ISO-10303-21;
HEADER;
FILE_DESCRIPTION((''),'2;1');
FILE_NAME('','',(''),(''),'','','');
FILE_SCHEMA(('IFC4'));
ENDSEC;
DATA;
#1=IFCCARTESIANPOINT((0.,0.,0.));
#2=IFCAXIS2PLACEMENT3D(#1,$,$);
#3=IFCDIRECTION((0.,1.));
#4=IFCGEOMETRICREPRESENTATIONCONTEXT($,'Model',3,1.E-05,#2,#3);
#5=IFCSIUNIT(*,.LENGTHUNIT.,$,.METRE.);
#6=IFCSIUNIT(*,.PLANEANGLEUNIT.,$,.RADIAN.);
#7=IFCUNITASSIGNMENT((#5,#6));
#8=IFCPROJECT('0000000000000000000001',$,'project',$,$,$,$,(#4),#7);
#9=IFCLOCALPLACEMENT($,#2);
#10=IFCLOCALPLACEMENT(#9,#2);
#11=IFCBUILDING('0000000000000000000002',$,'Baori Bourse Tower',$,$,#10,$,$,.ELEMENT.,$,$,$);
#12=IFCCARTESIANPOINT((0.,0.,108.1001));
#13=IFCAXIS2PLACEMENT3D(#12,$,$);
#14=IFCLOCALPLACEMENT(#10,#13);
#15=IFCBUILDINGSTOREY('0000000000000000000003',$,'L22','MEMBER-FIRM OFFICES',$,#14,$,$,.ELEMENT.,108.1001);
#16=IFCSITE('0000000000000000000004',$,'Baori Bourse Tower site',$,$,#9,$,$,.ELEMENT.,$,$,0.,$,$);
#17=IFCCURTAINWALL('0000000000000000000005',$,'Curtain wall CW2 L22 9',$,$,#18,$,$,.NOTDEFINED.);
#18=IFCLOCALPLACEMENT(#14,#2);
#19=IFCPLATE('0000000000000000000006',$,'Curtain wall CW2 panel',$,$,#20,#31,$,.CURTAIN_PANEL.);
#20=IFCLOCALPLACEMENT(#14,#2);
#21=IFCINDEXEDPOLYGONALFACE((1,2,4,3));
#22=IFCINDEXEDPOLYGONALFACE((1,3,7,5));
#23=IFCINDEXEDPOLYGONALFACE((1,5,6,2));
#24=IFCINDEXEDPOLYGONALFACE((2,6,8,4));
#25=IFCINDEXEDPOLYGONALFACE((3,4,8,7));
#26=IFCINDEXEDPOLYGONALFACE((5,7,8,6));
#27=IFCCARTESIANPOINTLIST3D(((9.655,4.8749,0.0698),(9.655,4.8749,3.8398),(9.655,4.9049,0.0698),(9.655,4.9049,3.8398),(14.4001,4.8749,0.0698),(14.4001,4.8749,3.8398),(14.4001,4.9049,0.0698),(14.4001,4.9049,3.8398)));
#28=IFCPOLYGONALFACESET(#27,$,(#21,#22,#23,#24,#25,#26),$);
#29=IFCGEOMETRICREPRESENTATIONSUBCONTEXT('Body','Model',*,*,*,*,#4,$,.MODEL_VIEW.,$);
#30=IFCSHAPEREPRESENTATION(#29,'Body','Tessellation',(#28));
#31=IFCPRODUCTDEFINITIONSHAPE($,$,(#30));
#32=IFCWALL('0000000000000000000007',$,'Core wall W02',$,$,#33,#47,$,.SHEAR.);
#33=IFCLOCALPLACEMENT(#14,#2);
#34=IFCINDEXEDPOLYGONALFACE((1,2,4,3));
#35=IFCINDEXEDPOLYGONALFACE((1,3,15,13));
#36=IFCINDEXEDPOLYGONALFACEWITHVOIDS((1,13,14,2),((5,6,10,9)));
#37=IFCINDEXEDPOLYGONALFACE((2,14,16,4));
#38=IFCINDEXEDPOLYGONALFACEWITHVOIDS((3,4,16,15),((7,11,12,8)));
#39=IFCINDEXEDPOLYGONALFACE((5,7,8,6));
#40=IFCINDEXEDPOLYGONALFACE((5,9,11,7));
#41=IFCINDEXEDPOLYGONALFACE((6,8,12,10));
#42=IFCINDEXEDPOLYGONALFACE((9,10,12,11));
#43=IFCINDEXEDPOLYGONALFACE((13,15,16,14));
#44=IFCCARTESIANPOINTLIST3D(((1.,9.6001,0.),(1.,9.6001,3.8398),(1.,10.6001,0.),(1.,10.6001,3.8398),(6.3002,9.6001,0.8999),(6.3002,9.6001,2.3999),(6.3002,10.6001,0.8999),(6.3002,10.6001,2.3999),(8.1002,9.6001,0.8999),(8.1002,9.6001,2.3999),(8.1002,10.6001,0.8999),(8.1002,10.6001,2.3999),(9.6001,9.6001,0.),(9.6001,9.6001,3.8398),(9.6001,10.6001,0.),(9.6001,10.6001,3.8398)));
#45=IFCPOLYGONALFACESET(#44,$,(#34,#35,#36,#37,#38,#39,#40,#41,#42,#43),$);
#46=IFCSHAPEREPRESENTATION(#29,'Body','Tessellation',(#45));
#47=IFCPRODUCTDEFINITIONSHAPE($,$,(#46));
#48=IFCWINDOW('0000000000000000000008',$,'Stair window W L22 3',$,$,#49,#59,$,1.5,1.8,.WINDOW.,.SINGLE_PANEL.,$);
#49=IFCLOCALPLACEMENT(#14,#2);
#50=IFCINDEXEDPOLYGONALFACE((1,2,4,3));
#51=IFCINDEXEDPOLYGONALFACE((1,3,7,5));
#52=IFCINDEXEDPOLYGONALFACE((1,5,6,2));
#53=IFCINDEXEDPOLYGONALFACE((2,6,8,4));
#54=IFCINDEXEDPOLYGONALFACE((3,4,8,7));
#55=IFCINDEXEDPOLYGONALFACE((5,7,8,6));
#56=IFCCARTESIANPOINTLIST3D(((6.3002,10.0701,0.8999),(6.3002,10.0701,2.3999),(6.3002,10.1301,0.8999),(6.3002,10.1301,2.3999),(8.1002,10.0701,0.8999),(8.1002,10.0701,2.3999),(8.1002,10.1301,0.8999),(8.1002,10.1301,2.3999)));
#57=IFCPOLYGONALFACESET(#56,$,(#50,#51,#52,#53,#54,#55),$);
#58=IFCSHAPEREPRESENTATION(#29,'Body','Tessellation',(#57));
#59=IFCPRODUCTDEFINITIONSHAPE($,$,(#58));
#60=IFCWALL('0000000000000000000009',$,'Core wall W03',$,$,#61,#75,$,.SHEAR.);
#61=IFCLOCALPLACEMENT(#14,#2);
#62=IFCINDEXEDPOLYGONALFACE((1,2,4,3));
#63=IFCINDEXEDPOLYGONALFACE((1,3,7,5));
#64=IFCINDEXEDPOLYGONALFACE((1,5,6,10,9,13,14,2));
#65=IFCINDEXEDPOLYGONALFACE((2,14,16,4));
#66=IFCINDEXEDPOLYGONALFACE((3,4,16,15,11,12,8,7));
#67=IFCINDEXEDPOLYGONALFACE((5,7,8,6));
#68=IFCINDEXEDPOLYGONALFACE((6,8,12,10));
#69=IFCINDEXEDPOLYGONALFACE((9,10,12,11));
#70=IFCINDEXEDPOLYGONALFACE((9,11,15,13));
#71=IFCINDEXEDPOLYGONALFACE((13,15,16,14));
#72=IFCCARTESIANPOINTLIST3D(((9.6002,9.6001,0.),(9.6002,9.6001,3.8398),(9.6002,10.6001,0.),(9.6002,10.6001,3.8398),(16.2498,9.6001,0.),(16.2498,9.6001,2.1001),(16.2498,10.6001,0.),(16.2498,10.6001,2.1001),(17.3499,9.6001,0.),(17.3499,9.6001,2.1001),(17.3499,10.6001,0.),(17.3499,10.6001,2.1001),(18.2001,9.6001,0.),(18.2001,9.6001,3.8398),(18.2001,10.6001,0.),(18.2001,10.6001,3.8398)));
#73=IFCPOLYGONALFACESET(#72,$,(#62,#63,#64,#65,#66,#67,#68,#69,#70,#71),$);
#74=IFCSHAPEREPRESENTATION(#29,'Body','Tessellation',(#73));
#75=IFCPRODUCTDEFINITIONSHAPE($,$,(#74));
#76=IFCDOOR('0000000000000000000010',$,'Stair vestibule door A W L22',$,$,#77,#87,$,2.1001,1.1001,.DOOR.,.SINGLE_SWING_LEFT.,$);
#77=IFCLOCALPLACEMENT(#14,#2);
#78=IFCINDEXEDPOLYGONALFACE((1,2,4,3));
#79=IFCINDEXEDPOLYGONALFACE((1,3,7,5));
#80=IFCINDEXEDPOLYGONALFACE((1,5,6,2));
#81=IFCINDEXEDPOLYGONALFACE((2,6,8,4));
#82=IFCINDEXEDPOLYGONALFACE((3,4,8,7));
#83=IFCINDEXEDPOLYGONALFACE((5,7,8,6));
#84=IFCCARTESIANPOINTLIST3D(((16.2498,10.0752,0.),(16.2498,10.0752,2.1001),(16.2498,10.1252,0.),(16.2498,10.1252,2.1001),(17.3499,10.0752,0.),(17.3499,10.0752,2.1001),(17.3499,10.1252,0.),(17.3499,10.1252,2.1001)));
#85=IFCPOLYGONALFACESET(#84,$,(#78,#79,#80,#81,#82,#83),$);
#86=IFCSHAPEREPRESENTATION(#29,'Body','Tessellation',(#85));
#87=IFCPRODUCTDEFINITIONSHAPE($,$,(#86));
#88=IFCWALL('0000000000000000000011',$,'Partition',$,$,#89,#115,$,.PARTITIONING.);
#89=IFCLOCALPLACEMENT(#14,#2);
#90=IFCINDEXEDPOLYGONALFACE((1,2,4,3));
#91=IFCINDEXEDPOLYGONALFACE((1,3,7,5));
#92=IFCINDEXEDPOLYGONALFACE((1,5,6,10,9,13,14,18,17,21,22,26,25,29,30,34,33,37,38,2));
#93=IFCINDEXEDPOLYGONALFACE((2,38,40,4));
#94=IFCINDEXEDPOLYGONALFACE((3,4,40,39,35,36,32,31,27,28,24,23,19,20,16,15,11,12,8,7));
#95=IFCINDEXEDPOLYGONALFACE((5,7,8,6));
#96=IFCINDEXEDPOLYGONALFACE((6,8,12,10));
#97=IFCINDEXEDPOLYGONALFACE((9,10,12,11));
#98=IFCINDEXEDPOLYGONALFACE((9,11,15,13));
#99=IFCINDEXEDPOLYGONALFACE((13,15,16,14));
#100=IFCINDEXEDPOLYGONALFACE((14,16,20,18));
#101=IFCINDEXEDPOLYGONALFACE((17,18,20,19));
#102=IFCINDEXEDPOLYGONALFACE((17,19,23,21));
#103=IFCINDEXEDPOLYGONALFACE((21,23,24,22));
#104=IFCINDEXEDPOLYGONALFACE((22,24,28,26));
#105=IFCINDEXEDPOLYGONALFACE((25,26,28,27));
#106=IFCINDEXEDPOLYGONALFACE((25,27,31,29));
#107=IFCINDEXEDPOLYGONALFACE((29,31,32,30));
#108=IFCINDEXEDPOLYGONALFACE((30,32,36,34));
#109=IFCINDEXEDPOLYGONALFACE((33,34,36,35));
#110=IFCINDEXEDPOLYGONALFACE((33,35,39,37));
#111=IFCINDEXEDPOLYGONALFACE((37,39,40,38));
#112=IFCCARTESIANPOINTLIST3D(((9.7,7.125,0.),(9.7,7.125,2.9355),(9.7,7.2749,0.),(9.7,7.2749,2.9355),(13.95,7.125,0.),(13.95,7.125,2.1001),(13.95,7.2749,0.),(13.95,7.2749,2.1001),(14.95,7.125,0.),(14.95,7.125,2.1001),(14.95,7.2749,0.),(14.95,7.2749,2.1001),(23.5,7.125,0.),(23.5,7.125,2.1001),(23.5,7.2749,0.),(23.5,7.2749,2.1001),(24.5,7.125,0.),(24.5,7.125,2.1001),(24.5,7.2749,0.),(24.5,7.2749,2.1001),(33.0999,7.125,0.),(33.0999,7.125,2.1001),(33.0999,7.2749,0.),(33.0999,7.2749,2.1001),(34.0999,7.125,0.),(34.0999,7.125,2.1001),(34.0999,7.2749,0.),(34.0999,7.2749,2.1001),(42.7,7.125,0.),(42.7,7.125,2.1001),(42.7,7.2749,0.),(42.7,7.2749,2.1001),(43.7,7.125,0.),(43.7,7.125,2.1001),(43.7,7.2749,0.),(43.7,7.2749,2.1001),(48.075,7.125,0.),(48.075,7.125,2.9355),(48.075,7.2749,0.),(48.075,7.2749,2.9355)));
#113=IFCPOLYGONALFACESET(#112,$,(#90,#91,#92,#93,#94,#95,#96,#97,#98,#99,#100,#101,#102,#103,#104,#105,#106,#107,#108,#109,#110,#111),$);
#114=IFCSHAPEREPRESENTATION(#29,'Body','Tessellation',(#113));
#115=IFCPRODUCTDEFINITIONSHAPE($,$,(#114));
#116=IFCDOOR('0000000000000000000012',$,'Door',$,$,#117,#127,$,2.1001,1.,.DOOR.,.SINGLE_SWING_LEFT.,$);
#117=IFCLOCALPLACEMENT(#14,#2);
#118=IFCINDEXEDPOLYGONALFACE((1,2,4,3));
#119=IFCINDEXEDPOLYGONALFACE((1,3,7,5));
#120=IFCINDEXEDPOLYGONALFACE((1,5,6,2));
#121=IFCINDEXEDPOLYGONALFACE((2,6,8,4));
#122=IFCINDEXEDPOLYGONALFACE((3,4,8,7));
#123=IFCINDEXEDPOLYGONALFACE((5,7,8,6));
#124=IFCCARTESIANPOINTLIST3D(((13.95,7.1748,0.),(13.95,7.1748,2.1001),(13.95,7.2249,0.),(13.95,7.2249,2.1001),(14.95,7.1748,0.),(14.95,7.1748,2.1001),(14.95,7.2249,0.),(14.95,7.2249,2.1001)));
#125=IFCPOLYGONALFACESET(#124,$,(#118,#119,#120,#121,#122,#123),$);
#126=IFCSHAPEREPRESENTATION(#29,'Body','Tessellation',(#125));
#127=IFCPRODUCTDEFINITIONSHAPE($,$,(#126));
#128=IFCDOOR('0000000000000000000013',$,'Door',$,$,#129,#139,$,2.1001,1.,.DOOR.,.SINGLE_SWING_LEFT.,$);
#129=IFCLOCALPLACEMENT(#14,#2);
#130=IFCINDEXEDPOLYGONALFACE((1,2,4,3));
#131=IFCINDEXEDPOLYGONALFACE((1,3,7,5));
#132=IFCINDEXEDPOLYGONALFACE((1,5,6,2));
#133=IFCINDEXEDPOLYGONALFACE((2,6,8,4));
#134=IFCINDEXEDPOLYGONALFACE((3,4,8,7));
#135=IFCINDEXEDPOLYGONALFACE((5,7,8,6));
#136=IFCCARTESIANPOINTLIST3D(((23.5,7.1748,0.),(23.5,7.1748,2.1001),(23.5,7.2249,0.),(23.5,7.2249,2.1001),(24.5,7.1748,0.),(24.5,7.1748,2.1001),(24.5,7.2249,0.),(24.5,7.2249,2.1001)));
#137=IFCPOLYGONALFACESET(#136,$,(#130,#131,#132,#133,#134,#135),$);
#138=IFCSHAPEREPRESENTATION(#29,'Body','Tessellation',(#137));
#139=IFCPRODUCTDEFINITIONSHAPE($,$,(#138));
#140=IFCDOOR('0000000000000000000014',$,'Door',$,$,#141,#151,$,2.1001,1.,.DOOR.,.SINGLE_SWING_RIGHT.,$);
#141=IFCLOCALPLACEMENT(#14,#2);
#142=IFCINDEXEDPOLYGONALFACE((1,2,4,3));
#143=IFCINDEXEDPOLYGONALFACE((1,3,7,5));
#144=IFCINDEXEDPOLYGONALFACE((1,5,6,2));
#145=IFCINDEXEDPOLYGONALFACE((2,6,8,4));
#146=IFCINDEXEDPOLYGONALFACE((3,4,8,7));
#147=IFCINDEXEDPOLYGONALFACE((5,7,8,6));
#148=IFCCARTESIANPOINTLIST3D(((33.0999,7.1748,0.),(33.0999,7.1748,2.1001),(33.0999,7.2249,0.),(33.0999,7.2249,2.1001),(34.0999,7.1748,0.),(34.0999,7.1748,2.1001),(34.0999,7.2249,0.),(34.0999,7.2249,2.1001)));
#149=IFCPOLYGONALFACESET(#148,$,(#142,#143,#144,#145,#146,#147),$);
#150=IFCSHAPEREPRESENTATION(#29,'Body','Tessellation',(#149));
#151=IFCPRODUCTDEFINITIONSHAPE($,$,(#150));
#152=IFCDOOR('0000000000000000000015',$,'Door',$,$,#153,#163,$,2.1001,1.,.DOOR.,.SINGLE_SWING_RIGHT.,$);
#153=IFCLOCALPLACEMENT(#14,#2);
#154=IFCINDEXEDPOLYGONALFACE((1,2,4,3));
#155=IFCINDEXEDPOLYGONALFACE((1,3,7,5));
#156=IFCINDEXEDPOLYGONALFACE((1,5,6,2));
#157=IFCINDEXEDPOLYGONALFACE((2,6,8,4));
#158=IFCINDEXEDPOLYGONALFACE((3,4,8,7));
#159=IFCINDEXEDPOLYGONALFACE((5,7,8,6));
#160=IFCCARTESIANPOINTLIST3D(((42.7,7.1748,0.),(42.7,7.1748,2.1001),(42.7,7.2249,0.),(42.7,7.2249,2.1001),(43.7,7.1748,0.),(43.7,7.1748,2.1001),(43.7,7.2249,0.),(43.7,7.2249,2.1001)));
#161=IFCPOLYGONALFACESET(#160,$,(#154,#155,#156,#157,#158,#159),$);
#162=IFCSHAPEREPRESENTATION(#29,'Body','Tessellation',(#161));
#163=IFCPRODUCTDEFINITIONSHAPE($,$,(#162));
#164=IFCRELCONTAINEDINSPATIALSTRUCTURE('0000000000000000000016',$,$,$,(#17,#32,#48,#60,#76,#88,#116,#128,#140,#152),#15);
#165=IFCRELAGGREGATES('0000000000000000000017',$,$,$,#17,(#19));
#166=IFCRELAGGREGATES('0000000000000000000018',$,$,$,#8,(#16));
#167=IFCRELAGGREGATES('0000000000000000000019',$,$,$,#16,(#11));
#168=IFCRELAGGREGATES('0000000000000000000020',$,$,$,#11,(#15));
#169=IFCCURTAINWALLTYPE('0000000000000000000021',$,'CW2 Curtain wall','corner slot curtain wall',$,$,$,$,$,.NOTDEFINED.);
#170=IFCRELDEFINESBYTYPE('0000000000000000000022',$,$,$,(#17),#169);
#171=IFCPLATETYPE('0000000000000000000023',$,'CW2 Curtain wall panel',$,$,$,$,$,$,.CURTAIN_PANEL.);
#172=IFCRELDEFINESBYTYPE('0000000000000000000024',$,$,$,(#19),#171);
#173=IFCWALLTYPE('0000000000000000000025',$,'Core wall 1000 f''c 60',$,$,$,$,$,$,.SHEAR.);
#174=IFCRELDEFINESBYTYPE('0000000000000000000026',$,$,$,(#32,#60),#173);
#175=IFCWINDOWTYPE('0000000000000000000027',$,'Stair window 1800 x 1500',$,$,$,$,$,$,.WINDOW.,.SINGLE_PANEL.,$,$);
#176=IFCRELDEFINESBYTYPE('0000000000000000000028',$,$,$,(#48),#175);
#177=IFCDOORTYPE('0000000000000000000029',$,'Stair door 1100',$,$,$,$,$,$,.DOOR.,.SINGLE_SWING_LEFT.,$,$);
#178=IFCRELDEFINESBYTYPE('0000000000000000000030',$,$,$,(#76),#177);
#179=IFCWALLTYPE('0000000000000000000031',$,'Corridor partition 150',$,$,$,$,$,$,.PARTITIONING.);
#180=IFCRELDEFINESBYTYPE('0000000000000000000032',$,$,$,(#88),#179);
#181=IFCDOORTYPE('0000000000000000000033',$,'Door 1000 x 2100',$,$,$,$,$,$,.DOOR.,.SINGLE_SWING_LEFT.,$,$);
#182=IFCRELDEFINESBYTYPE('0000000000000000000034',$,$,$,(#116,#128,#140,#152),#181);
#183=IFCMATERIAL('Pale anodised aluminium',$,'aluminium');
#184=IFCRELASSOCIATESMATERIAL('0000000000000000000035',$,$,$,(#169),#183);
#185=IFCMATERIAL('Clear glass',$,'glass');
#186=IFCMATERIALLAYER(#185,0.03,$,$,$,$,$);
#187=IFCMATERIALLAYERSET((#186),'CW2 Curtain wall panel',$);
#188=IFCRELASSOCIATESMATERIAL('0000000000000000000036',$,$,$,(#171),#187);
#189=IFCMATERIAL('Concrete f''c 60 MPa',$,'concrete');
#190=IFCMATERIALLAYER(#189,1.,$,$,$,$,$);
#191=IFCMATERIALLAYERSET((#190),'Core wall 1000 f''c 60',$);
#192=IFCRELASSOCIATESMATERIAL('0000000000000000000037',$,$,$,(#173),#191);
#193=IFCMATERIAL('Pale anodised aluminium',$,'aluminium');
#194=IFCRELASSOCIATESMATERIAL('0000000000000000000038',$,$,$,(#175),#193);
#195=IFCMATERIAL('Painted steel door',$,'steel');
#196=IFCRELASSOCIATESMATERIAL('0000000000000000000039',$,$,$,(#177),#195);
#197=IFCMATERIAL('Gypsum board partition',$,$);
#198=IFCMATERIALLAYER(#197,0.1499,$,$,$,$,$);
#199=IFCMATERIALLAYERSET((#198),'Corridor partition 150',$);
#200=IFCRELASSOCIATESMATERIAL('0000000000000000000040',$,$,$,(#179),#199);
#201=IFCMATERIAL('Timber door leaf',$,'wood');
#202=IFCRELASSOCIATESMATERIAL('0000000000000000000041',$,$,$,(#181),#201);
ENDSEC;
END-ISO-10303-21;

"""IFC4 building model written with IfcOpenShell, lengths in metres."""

from ifc_helpers import new_model, si_unit, direction, frame, frame_2d, origin, origin_2d, place, context, subcontext, project, spatial, rectangle, extrude, material, layer, layer_set, type_object, element, fill, aggregate, save


model = new_model("IFC4")

# Units and contexts
model_context = context("Model", 3, precision=1e-05, world=origin(), true_north=direction((0.0, 1.0)))
body_context = subcontext(model_context, "Body", "Model", "MODEL_VIEW")
ifc_project = project(units=[si_unit("LENGTHUNIT", "METRE"), si_unit("PLANEANGLEUNIT", "RADIAN")], contexts=[model_context])

# Site, building, storey
site_placement = place(None, origin())
site = spatial("IfcSite", under=ifc_project, at=site_placement, Name="Baori Bourse Tower site", CompositionType="ELEMENT", RefElevation=0.0)
building_placement = place(site_placement, origin())
building = spatial("IfcBuilding", under=site, at=building_placement, Name="Baori Bourse Tower", CompositionType="ELEMENT")
storey_placement = place(building_placement, frame((0.0, 0.0, 108.1001)))
storey = spatial("IfcBuildingStorey", under=building, at=storey_placement, Name="L22", Description="MEMBER-FIRM OFFICES", CompositionType="ELEMENT", Elevation=108.1001)

# Curtain wall
ifc_material_1 = material(Name="Pale anodised aluminium", Category="aluminium")
curtain_wall_type = type_object("IfcCurtainWallType", Name="CW2 Curtain wall", Description="corner slot curtain wall", PredefinedType="NOTDEFINED", material=ifc_material_1)
curtain_wall_1_placement = place(storey_placement, origin())
curtain_wall_1 = element("IfcCurtainWall", 1, at=curtain_wall_1_placement, inside=storey, type_object=curtain_wall_type, Name="Curtain wall CW2 L22 9", PredefinedType="NOTDEFINED")

# Plate
ifc_material_2 = material(Name="Clear glass", Category="glass")
ifc_layer_1 = layer(ifc_material_2, 0.03)
ifc_layer_set_1 = layer_set([ifc_layer_1], Name="CW2 Curtain wall panel")
plate_type = type_object("IfcPlateType", Name="CW2 Curtain wall panel", PredefinedType="CURTAIN_PANEL", material=ifc_layer_set_1)
plate_1_placement = place(storey_placement, frame((12.0276, 4.8899, 0.0698), z_axis=(0.0, 0.0, 1.0), x_axis=(1.0, 0.0, 0.0)))
plate_1 = element("IfcPlate", 2, at=plate_1_placement, type_object=plate_type, Name="Curtain wall CW2 panel", PredefinedType="CURTAIN_PANEL", context=body_context, shape_type="SweptSolid", body=[
    extrude(rectangle(XDim=4.7451, YDim=0.03, at=origin_2d()), origin(), (0.0, 0.0, 1.0), 3.77),
])
aggregate(curtain_wall_1, [plate_1])

# Wall, opening, window
ifc_material_3 = material(Name="Concrete f'c 60 MPa", Category="concrete")
ifc_layer_2 = layer(ifc_material_3, 1.0)
ifc_layer_set_2 = layer_set([ifc_layer_2], Name="Core wall 1000 f'c 60")
wall_type_1 = type_object("IfcWallType", Name="Core wall 1000 f'c 60", PredefinedType="SHEAR", material=ifc_layer_set_2)
wall_1_placement = place(storey_placement, frame((9.6001, 10.1001, 0.0), z_axis=(0.0, 0.0, 1.0), x_axis=(-1.0, 0.0, 0.0)))
wall_1 = element("IfcWall", 3, at=wall_1_placement, inside=storey, type_object=wall_type_1, Name="Core wall W02", PredefinedType="SHEAR", context=body_context, shape_type="SweptSolid", body=[
    extrude(rectangle(XDim=8.6001, YDim=1.0, at=frame_2d((4.3, 0.0))), origin(), (0.0, 0.0, 1.0), 3.8398),
])
opening_1_placement = place(wall_1_placement, frame((1.5, 0.0, 0.8999)))
opening_1 = element("IfcOpeningElement", 4, at=opening_1_placement, cuts=wall_1, PredefinedType="OPENING", context=body_context, shape_type="SweptSolid", body=[
    extrude(rectangle(XDim=1.8, YDim=1.5, at=frame_2d((0.8999, 0.75))), frame((0.0, 0.51, 0.0), z_axis=(0.0, -1.0, 0.0), x_axis=(1.0, 0.0, 0.0)), (0.0, 0.0, 1.0), 1.02),
])
ifc_material_4 = material(Name="Pale anodised aluminium", Category="aluminium")
window_type = type_object("IfcWindowType", Name="Stair window 1800 x 1500", PartitioningType="SINGLE_PANEL", PredefinedType="WINDOW", material=ifc_material_4)
window_placement = place(opening_1_placement, origin())
window = element("IfcWindow", 5, at=window_placement, inside=storey, type_object=window_type, Name="Stair window W L22 3", OverallHeight=1.5, OverallWidth=1.8, PartitioningType="SINGLE_PANEL", PredefinedType="WINDOW", context=body_context, shape_type="SweptSolid", body=[
    extrude(rectangle(XDim=1.8, YDim=1.5, at=frame_2d((0.8999, 0.75))), frame((0.0, 0.03, 0.0), z_axis=(0.0, -1.0, 0.0), x_axis=(1.0, 0.0, 0.0)), (0.0, 0.0, 1.0), 0.0601),
])
fill(opening_1, window)

# Wall, opening, door
wall_2_placement = place(storey_placement, frame((18.2, 10.1001, 0.0), z_axis=(0.0, 0.0, 1.0), x_axis=(-1.0, 0.0, 0.0)))
wall_2 = element("IfcWall", 6, at=wall_2_placement, inside=storey, type_object=wall_type_1, Name="Core wall W03", PredefinedType="SHEAR", context=body_context, shape_type="SweptSolid", body=[
    extrude(rectangle(XDim=8.5999, YDim=1.0, at=frame_2d((4.2998, 0.0))), origin(), (0.0, 0.0, 1.0), 3.8398),
])
opening_2_placement = place(wall_2_placement, frame((0.8501, 0.0, 0.0)))
opening_2 = element("IfcOpeningElement", 7, at=opening_2_placement, cuts=wall_2, PredefinedType="OPENING", context=body_context, shape_type="SweptSolid", body=[
    extrude(rectangle(XDim=1.1001, YDim=2.1001, at=frame_2d((0.55, 1.05))), frame((0.0, 0.51, 0.0), z_axis=(0.0, -1.0, 0.0), x_axis=(1.0, 0.0, 0.0)), (0.0, 0.0, 1.0), 1.02),
])
ifc_material_5 = material(Name="Painted steel door", Category="steel")
door_type_1 = type_object("IfcDoorType", Name="Stair door 1100", OperationType="SINGLE_SWING_LEFT", PredefinedType="DOOR", material=ifc_material_5)
door_1_placement = place(opening_2_placement, origin())
door_1 = element("IfcDoor", 8, at=door_1_placement, inside=storey, type_object=door_type_1, Name="Stair vestibule door A W L22", OperationType="SINGLE_SWING_LEFT", OverallHeight=2.1001, OverallWidth=1.1001, PredefinedType="DOOR", context=body_context, shape_type="SweptSolid", body=[
    extrude(rectangle(XDim=1.1001, YDim=2.1001, at=frame_2d((0.55, 1.05))), frame((0.0, 0.0249, 0.0), z_axis=(0.0, -1.0, 0.0), x_axis=(1.0, 0.0, 0.0)), (0.0, 0.0, 1.0), 0.05),
])
fill(opening_2, door_1)

# Wall, openings, doors
ifc_material_6 = material(Name="Gypsum board partition")
ifc_layer_3 = layer(ifc_material_6, 0.1499)
ifc_layer_set_3 = layer_set([ifc_layer_3], Name="Corridor partition 150")
wall_type_2 = type_object("IfcWallType", Name="Corridor partition 150", PredefinedType="PARTITIONING", material=ifc_layer_set_3)
wall_3_placement = place(storey_placement, frame((9.7, 7.2, 0.0), z_axis=(0.0, 0.0, 1.0), x_axis=(1.0, 0.0, 0.0)))
wall_3 = element("IfcWall", 9, at=wall_3_placement, inside=storey, type_object=wall_type_2, Name="Partition", PredefinedType="PARTITIONING", context=body_context, shape_type="SweptSolid", body=[
    extrude(rectangle(XDim=38.375, YDim=0.1499, at=frame_2d((19.1875, 0.0))), origin(), (0.0, 0.0, 1.0), 2.9355),
])
opening_3_placement = place(wall_3_placement, frame((4.25, 0.0, 0.0)))
opening_3 = element("IfcOpeningElement", 10, at=opening_3_placement, cuts=wall_3, PredefinedType="OPENING", context=body_context, shape_type="SweptSolid", body=[
    extrude(rectangle(XDim=1.0, YDim=2.1001, at=frame_2d((0.5, 1.05))), frame((0.0, 0.085, 0.0), z_axis=(0.0, -1.0, 0.0), x_axis=(1.0, 0.0, 0.0)), (0.0, 0.0, 1.0), 0.1699),
])
opening_4_placement = place(wall_3_placement, frame((13.8, 0.0, 0.0)))
opening_4 = element("IfcOpeningElement", 11, at=opening_4_placement, cuts=wall_3, PredefinedType="OPENING", context=body_context, shape_type="SweptSolid", body=[
    extrude(rectangle(XDim=1.0, YDim=2.1001, at=frame_2d((0.5, 1.05))), frame((0.0, 0.085, 0.0), z_axis=(0.0, -1.0, 0.0), x_axis=(1.0, 0.0, 0.0)), (0.0, 0.0, 1.0), 0.1699),
])
opening_5_placement = place(wall_3_placement, frame((23.3999, 0.0, 0.0)))
opening_5 = element("IfcOpeningElement", 12, at=opening_5_placement, cuts=wall_3, PredefinedType="OPENING", context=body_context, shape_type="SweptSolid", body=[
    extrude(rectangle(XDim=1.0, YDim=2.1001, at=frame_2d((0.5, 1.05))), frame((0.0, 0.085, 0.0), z_axis=(0.0, -1.0, 0.0), x_axis=(1.0, 0.0, 0.0)), (0.0, 0.0, 1.0), 0.1699),
])
opening_6_placement = place(wall_3_placement, frame((33.0, 0.0, 0.0)))
opening_6 = element("IfcOpeningElement", 13, at=opening_6_placement, cuts=wall_3, PredefinedType="OPENING", context=body_context, shape_type="SweptSolid", body=[
    extrude(rectangle(XDim=1.0, YDim=2.1001, at=frame_2d((0.5, 1.05))), frame((0.0, 0.085, 0.0), z_axis=(0.0, -1.0, 0.0), x_axis=(1.0, 0.0, 0.0)), (0.0, 0.0, 1.0), 0.1699),
])
ifc_material_7 = material(Name="Timber door leaf", Category="wood")
door_type_2 = type_object("IfcDoorType", Name="Door 1000 x 2100", OperationType="SINGLE_SWING_LEFT", PredefinedType="DOOR", material=ifc_material_7)
door_2_placement = place(opening_3_placement, origin())
door_2 = element("IfcDoor", 14, at=door_2_placement, inside=storey, type_object=door_type_2, Name="Door", OperationType="SINGLE_SWING_LEFT", OverallHeight=2.1001, OverallWidth=1.0, PredefinedType="DOOR", context=body_context, shape_type="SweptSolid", body=[
    extrude(rectangle(XDim=1.0, YDim=2.1001, at=frame_2d((0.5, 1.05))), frame((0.0, 0.0249, 0.0), z_axis=(0.0, -1.0, 0.0), x_axis=(1.0, 0.0, 0.0)), (0.0, 0.0, 1.0), 0.05),
])
fill(opening_3, door_2)
door_3_placement = place(opening_4_placement, origin())
door_3 = element("IfcDoor", 15, at=door_3_placement, inside=storey, type_object=door_type_2, Name="Door", OperationType="SINGLE_SWING_LEFT", OverallHeight=2.1001, OverallWidth=1.0, PredefinedType="DOOR", context=body_context, shape_type="SweptSolid", body=[
    extrude(rectangle(XDim=1.0, YDim=2.1001, at=frame_2d((0.5, 1.05))), frame((0.0, 0.0249, 0.0), z_axis=(0.0, -1.0, 0.0), x_axis=(1.0, 0.0, 0.0)), (0.0, 0.0, 1.0), 0.05),
])
fill(opening_4, door_3)
door_4_placement = place(opening_5_placement, origin())
door_4 = element("IfcDoor", 16, at=door_4_placement, inside=storey, type_object=door_type_2, Name="Door", OperationType="SINGLE_SWING_RIGHT", OverallHeight=2.1001, OverallWidth=1.0, PredefinedType="DOOR", context=body_context, shape_type="SweptSolid", body=[
    extrude(rectangle(XDim=1.0, YDim=2.1001, at=frame_2d((0.5, 1.05))), frame((0.0, 0.0249, 0.0), z_axis=(0.0, -1.0, 0.0), x_axis=(1.0, 0.0, 0.0)), (0.0, 0.0, 1.0), 0.05),
])
fill(opening_5, door_4)
door_5_placement = place(opening_6_placement, origin())
door_5 = element("IfcDoor", 17, at=door_5_placement, inside=storey, type_object=door_type_2, Name="Door", OperationType="SINGLE_SWING_RIGHT", OverallHeight=2.1001, OverallWidth=1.0, PredefinedType="DOOR", context=body_context, shape_type="SweptSolid", body=[
    extrude(rectangle(XDim=1.0, YDim=2.1001, at=frame_2d((0.5, 1.05))), frame((0.0, 0.0249, 0.0), z_axis=(0.0, -1.0, 0.0), x_axis=(1.0, 0.0, 0.0)), (0.0, 0.0, 1.0), 0.05),
])
fill(opening_6, door_5)

save(model, "model.ifc")
